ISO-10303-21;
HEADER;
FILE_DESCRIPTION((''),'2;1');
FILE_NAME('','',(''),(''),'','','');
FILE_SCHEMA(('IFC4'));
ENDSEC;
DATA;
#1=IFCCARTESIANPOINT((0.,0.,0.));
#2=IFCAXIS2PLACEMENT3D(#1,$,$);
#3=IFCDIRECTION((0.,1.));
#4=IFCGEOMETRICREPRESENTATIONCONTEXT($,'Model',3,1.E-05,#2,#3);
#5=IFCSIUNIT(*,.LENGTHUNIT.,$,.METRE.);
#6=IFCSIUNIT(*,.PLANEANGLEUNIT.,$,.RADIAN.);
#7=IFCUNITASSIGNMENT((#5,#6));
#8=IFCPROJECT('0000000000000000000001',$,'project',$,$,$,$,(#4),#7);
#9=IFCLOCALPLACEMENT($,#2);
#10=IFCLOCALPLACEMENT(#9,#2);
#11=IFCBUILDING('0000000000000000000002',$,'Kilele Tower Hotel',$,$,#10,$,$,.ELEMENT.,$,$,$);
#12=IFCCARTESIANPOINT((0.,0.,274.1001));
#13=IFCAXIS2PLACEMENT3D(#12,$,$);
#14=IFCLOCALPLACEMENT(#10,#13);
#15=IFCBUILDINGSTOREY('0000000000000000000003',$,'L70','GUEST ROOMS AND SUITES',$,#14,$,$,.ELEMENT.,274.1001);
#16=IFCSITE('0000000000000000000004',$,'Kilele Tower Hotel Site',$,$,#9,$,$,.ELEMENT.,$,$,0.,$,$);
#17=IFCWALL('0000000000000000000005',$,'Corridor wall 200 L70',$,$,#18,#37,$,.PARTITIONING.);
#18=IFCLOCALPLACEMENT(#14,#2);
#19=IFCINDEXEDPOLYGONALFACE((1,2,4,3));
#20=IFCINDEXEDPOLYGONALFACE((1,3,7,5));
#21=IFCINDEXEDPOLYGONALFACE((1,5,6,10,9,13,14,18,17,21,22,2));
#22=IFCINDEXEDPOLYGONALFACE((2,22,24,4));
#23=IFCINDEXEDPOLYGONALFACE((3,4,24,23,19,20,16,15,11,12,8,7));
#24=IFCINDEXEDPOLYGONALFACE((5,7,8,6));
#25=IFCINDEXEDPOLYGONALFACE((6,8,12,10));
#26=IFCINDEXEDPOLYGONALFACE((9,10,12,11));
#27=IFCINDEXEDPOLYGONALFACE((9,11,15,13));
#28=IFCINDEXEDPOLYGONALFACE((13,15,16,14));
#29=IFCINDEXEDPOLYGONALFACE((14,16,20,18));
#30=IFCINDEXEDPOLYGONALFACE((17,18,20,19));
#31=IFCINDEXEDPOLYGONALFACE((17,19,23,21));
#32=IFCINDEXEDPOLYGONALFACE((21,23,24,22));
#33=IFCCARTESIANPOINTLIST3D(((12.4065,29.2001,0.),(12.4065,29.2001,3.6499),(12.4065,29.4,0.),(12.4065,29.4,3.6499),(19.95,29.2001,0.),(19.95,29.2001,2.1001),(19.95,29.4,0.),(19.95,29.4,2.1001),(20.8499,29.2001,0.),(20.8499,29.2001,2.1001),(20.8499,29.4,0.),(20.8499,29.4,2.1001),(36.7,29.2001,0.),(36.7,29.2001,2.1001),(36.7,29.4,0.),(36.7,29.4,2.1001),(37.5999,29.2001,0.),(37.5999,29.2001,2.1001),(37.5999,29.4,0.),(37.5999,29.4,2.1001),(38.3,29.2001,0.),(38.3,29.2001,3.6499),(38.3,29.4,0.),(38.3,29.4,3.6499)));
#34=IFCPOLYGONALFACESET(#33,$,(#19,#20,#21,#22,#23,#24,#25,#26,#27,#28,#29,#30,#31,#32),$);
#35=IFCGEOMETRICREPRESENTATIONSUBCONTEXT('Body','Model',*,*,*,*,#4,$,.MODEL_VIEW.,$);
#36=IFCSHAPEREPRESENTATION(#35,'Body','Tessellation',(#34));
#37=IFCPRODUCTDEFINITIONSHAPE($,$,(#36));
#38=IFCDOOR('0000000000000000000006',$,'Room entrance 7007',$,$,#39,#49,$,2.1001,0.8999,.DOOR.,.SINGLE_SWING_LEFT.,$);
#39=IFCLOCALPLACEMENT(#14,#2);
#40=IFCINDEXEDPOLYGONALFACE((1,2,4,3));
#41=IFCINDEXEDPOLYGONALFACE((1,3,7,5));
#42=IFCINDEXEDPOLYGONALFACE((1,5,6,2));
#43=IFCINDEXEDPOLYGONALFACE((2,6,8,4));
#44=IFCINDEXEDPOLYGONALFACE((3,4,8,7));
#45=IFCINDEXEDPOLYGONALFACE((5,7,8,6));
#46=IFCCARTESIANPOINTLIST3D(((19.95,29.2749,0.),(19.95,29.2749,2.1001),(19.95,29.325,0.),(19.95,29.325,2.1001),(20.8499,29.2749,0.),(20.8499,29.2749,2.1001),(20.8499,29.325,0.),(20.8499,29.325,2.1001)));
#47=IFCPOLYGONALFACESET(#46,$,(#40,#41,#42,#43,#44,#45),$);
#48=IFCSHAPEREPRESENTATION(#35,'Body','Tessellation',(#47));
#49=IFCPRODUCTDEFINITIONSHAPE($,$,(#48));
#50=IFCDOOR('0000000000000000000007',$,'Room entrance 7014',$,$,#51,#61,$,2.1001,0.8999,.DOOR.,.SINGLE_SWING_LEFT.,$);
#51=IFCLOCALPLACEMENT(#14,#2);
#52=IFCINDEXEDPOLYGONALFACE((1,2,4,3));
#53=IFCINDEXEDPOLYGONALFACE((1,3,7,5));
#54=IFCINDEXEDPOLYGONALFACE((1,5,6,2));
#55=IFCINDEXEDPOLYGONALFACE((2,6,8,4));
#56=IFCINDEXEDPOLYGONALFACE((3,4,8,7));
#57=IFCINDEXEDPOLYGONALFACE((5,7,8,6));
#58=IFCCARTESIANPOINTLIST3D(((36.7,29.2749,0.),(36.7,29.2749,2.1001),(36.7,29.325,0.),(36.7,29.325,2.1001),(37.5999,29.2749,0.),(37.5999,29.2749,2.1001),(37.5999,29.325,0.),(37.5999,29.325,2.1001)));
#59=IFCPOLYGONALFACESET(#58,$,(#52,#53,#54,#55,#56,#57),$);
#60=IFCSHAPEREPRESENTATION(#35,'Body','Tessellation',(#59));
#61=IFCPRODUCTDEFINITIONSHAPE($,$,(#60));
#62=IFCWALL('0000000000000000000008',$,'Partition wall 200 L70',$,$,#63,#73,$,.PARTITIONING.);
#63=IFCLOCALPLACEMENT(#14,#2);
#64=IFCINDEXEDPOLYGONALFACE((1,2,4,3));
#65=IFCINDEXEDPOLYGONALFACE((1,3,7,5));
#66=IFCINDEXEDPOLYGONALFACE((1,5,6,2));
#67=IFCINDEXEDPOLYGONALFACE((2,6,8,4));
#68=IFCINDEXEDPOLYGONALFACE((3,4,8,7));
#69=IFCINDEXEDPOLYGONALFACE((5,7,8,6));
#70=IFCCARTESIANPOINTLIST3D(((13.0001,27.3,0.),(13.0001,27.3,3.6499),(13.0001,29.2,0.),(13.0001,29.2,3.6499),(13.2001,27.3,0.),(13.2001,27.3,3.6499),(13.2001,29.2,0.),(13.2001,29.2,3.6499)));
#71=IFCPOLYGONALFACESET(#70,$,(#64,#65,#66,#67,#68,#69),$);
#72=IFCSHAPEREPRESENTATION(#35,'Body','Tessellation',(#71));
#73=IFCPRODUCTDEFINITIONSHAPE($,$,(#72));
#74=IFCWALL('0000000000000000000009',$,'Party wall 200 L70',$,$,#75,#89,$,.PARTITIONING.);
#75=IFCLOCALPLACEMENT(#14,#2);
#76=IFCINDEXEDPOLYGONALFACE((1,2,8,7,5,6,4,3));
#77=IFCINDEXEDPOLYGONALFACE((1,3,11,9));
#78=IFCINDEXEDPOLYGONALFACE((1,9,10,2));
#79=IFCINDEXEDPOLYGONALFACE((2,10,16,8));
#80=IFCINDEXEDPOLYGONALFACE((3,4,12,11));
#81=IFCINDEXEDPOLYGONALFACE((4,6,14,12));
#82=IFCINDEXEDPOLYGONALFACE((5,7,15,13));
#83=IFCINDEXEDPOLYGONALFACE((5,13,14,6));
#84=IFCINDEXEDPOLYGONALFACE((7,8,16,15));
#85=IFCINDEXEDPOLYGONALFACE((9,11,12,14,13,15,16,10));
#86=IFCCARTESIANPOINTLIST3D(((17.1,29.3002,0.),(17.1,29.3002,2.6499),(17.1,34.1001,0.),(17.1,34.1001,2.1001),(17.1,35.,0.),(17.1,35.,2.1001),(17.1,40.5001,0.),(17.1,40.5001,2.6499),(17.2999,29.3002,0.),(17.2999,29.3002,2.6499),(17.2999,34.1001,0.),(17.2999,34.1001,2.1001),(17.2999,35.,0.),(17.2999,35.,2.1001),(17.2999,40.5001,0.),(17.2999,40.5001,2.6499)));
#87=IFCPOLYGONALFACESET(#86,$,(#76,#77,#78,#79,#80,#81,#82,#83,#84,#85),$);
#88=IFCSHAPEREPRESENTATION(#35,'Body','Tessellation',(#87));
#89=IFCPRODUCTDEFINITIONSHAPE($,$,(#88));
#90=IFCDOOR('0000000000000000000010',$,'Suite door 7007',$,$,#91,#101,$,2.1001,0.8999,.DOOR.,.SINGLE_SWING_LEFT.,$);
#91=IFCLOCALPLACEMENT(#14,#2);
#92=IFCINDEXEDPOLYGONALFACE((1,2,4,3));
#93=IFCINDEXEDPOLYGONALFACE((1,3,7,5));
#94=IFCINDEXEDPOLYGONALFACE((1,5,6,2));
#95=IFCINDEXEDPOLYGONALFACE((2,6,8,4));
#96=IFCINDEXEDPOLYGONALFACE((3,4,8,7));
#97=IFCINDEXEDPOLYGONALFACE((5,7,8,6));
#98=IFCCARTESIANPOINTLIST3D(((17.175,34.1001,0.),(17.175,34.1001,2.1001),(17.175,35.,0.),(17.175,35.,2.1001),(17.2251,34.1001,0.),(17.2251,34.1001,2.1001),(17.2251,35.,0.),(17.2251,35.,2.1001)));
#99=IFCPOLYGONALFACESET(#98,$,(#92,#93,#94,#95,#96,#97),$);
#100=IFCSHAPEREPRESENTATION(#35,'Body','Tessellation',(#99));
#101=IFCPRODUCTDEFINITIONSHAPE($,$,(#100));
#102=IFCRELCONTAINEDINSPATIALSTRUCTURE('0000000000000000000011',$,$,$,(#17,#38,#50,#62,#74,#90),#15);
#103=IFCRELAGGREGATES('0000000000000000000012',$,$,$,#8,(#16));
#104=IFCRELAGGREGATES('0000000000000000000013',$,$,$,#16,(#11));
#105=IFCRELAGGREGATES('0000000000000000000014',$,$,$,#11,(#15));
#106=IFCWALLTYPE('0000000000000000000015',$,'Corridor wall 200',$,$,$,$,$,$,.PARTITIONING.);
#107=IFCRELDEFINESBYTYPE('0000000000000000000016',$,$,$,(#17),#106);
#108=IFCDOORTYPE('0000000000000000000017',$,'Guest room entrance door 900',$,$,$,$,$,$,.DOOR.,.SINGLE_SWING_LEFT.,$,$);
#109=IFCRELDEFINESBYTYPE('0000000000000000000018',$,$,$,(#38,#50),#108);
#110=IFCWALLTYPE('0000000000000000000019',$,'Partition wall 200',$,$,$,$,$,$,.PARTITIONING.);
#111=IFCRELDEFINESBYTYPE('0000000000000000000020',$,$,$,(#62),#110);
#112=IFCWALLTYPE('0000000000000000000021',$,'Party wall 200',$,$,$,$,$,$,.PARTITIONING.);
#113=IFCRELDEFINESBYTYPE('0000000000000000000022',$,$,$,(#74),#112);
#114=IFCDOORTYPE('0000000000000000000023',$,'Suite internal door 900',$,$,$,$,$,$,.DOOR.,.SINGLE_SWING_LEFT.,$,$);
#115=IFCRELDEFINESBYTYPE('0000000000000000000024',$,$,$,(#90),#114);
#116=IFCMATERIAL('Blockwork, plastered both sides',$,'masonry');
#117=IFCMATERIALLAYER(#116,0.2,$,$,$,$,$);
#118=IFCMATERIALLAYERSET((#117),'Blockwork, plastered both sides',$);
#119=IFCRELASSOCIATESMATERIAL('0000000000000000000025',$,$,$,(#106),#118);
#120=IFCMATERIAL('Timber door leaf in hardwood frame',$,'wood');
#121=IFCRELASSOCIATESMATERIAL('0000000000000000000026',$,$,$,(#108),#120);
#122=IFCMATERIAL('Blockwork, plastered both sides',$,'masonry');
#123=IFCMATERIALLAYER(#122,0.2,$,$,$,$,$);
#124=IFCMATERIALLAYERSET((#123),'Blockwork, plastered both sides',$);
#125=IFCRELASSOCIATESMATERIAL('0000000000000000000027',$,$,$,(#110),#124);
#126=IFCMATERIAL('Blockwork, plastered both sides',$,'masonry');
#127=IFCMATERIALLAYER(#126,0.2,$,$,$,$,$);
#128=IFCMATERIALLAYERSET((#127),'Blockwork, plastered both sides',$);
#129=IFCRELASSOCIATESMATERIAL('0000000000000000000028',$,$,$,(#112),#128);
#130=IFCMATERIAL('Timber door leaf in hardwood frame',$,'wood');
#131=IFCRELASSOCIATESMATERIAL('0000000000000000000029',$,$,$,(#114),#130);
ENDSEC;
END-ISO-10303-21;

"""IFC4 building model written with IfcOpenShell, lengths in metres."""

from ifc_helpers import new_model, si_unit, direction, frame, frame_2d, origin, place, context, subcontext, project, spatial, rectangle, extrude, material, layer, layer_set, type_object, element, fill, save


model = new_model("IFC4")

# Units and contexts
model_context = context("Model", 3, precision=1e-05, world=origin(), true_north=direction((0.0, 1.0)))
body_context = subcontext(model_context, "Body", "Model", "MODEL_VIEW")
ifc_project = project(units=[si_unit("LENGTHUNIT", "METRE"), si_unit("PLANEANGLEUNIT", "RADIAN")], contexts=[model_context])

# Site, building, storey
site_placement = place(None, origin())
site = spatial("IfcSite", under=ifc_project, at=site_placement, Name="Kilele Tower Hotel Site", CompositionType="ELEMENT", RefElevation=0.0)
building_placement = place(site_placement, origin())
building = spatial("IfcBuilding", under=site, at=building_placement, Name="Kilele Tower Hotel", CompositionType="ELEMENT")
storey_placement = place(building_placement, frame((0.0, 0.0, 274.1001)))
storey = spatial("IfcBuildingStorey", under=building, at=storey_placement, Name="L70", Description="GUEST ROOMS AND SUITES", CompositionType="ELEMENT", Elevation=274.1001)

# Wall, openings, doors
ifc_material_1 = material(Name="Blockwork, plastered both sides", Category="masonry")
ifc_layer_1 = layer(ifc_material_1, 0.2)
ifc_layer_set_1 = layer_set([ifc_layer_1], Name="Blockwork, plastered both sides")
wall_type_1 = type_object("IfcWallType", Name="Corridor wall 200", PredefinedType="PARTITIONING", material=ifc_layer_set_1)
wall_1_placement = place(storey_placement, frame((12.4065, 29.3, 0.0), z_axis=(0.0, 0.0, 1.0), x_axis=(1.0, 0.0, 0.0)))
wall_1 = element("IfcWall", 1, at=wall_1_placement, inside=storey, type_object=wall_type_1, Name="Corridor wall 200 L70", PredefinedType="PARTITIONING", context=body_context, shape_type="SweptSolid", body=[
    extrude(rectangle(XDim=25.8936, YDim=0.2, at=frame_2d((12.9468, 0.0))), origin(), (0.0, 0.0, 1.0), 3.6499),
])
opening_1_placement = place(wall_1_placement, frame((7.5435, 0.0, 0.0)))
opening_1 = element("IfcOpeningElement", 2, at=opening_1_placement, cuts=wall_1, PredefinedType="OPENING", context=body_context, shape_type="SweptSolid", body=[
    extrude(rectangle(XDim=0.8999, YDim=2.1001, at=frame_2d((0.45, 1.05))), frame((0.0, 0.1099, 0.0), z_axis=(0.0, -1.0, 0.0), x_axis=(1.0, 0.0, 0.0)), (0.0, 0.0, 1.0), 0.22),
])
opening_2_placement = place(wall_1_placement, frame((24.2935, 0.0, 0.0)))
opening_2 = element("IfcOpeningElement", 3, at=opening_2_placement, cuts=wall_1, PredefinedType="OPENING", context=body_context, shape_type="SweptSolid", body=[
    extrude(rectangle(XDim=0.8999, YDim=2.1001, at=frame_2d((0.45, 1.05))), frame((0.0, 0.1099, 0.0), z_axis=(0.0, -1.0, 0.0), x_axis=(1.0, 0.0, 0.0)), (0.0, 0.0, 1.0), 0.22),
])
ifc_material_2 = material(Name="Timber door leaf in hardwood frame", Category="wood")
door_type_1 = type_object("IfcDoorType", Name="Guest room entrance door 900", OperationType="SINGLE_SWING_LEFT", PredefinedType="DOOR", material=ifc_material_2)
door_1_placement = place(opening_1_placement, origin())
door_1 = element("IfcDoor", 4, at=door_1_placement, inside=storey, type_object=door_type_1, Name="Room entrance 7007", OperationType="SINGLE_SWING_LEFT", OverallHeight=2.1001, OverallWidth=0.8999, PredefinedType="DOOR", context=body_context, shape_type="SweptSolid", body=[
    extrude(rectangle(XDim=0.8999, YDim=2.1001, at=frame_2d((0.45, 1.05))), frame((0.0, 0.0249, 0.0), z_axis=(0.0, -1.0, 0.0), x_axis=(1.0, 0.0, 0.0)), (0.0, 0.0, 1.0), 0.05),
])
fill(opening_1, door_1)
door_2_placement = place(opening_2_placement, origin())
door_2 = element("IfcDoor", 5, at=door_2_placement, inside=storey, type_object=door_type_1, Name="Room entrance 7014", OperationType="SINGLE_SWING_LEFT", OverallHeight=2.1001, OverallWidth=0.8999, PredefinedType="DOOR", context=body_context, shape_type="SweptSolid", body=[
    extrude(rectangle(XDim=0.8999, YDim=2.1001, at=frame_2d((0.45, 1.05))), frame((0.0, 0.0249, 0.0), z_axis=(0.0, -1.0, 0.0), x_axis=(1.0, 0.0, 0.0)), (0.0, 0.0, 1.0), 0.05),
])
fill(opening_2, door_2)

# Wall
ifc_material_3 = material(Name="Blockwork, plastered both sides", Category="masonry")
ifc_layer_2 = layer(ifc_material_3, 0.2)
ifc_layer_set_2 = layer_set([ifc_layer_2], Name="Blockwork, plastered both sides")
wall_type_2 = type_object("IfcWallType", Name="Partition wall 200", PredefinedType="PARTITIONING", material=ifc_layer_set_2)
wall_2_placement = place(storey_placement, frame((13.1001, 27.3, 0.0), z_axis=(0.0, 0.0, 1.0), x_axis=(0.0, 1.0, 0.0)))
element("IfcWall", 6, at=wall_2_placement, inside=storey, type_object=wall_type_2, Name="Partition wall 200 L70", PredefinedType="PARTITIONING", context=body_context, shape_type="SweptSolid", body=[
    extrude(rectangle(XDim=1.8999, YDim=0.2, at=frame_2d((0.95, 0.0))), origin(), (0.0, 0.0, 1.0), 3.6499),
])

# Wall, opening, door
ifc_material_4 = material(Name="Blockwork, plastered both sides", Category="masonry")
ifc_layer_3 = layer(ifc_material_4, 0.2)
ifc_layer_set_3 = layer_set([ifc_layer_3], Name="Blockwork, plastered both sides")
wall_type_3 = type_object("IfcWallType", Name="Party wall 200", PredefinedType="PARTITIONING", material=ifc_layer_set_3)
wall_3_placement = place(storey_placement, frame((17.2, 29.3, 0.0), z_axis=(0.0, 0.0, 1.0), x_axis=(0.0, 1.0, 0.0)))
wall_3 = element("IfcWall", 7, at=wall_3_placement, inside=storey, type_object=wall_type_3, Name="Party wall 200 L70", PredefinedType="PARTITIONING", context=body_context, shape_type="SweptSolid", body=[
    extrude(rectangle(XDim=11.2, YDim=0.2, at=frame_2d((5.6001, 0.0))), origin(), (0.0, 0.0, 1.0), 2.6499),
])
opening_3_placement = place(wall_3_placement, frame((4.8, 0.0, 0.0)))
opening_3 = element("IfcOpeningElement", 8, at=opening_3_placement, cuts=wall_3, PredefinedType="OPENING", context=body_context, shape_type="SweptSolid", body=[
    extrude(rectangle(XDim=0.8999, YDim=2.1001, at=frame_2d((0.45, 1.05))), frame((0.0, 0.1099, 0.0), z_axis=(0.0, -1.0, 0.0), x_axis=(1.0, 0.0, 0.0)), (0.0, 0.0, 1.0), 0.22),
])
ifc_material_5 = material(Name="Timber door leaf in hardwood frame", Category="wood")
door_type_2 = type_object("IfcDoorType", Name="Suite internal door 900", OperationType="SINGLE_SWING_LEFT", PredefinedType="DOOR", material=ifc_material_5)
door_3_placement = place(opening_3_placement, origin())
door_3 = element("IfcDoor", 9, at=door_3_placement, inside=storey, type_object=door_type_2, Name="Suite door 7007", OperationType="SINGLE_SWING_LEFT", OverallHeight=2.1001, OverallWidth=0.8999, PredefinedType="DOOR", context=body_context, shape_type="SweptSolid", body=[
    extrude(rectangle(XDim=0.8999, YDim=2.1001, at=frame_2d((0.45, 1.05))), frame((0.0, 0.0249, 0.0), z_axis=(0.0, -1.0, 0.0), x_axis=(1.0, 0.0, 0.0)), (0.0, 0.0, 1.0), 0.05),
])
fill(opening_3, door_3)

save(model, "model.ifc")
